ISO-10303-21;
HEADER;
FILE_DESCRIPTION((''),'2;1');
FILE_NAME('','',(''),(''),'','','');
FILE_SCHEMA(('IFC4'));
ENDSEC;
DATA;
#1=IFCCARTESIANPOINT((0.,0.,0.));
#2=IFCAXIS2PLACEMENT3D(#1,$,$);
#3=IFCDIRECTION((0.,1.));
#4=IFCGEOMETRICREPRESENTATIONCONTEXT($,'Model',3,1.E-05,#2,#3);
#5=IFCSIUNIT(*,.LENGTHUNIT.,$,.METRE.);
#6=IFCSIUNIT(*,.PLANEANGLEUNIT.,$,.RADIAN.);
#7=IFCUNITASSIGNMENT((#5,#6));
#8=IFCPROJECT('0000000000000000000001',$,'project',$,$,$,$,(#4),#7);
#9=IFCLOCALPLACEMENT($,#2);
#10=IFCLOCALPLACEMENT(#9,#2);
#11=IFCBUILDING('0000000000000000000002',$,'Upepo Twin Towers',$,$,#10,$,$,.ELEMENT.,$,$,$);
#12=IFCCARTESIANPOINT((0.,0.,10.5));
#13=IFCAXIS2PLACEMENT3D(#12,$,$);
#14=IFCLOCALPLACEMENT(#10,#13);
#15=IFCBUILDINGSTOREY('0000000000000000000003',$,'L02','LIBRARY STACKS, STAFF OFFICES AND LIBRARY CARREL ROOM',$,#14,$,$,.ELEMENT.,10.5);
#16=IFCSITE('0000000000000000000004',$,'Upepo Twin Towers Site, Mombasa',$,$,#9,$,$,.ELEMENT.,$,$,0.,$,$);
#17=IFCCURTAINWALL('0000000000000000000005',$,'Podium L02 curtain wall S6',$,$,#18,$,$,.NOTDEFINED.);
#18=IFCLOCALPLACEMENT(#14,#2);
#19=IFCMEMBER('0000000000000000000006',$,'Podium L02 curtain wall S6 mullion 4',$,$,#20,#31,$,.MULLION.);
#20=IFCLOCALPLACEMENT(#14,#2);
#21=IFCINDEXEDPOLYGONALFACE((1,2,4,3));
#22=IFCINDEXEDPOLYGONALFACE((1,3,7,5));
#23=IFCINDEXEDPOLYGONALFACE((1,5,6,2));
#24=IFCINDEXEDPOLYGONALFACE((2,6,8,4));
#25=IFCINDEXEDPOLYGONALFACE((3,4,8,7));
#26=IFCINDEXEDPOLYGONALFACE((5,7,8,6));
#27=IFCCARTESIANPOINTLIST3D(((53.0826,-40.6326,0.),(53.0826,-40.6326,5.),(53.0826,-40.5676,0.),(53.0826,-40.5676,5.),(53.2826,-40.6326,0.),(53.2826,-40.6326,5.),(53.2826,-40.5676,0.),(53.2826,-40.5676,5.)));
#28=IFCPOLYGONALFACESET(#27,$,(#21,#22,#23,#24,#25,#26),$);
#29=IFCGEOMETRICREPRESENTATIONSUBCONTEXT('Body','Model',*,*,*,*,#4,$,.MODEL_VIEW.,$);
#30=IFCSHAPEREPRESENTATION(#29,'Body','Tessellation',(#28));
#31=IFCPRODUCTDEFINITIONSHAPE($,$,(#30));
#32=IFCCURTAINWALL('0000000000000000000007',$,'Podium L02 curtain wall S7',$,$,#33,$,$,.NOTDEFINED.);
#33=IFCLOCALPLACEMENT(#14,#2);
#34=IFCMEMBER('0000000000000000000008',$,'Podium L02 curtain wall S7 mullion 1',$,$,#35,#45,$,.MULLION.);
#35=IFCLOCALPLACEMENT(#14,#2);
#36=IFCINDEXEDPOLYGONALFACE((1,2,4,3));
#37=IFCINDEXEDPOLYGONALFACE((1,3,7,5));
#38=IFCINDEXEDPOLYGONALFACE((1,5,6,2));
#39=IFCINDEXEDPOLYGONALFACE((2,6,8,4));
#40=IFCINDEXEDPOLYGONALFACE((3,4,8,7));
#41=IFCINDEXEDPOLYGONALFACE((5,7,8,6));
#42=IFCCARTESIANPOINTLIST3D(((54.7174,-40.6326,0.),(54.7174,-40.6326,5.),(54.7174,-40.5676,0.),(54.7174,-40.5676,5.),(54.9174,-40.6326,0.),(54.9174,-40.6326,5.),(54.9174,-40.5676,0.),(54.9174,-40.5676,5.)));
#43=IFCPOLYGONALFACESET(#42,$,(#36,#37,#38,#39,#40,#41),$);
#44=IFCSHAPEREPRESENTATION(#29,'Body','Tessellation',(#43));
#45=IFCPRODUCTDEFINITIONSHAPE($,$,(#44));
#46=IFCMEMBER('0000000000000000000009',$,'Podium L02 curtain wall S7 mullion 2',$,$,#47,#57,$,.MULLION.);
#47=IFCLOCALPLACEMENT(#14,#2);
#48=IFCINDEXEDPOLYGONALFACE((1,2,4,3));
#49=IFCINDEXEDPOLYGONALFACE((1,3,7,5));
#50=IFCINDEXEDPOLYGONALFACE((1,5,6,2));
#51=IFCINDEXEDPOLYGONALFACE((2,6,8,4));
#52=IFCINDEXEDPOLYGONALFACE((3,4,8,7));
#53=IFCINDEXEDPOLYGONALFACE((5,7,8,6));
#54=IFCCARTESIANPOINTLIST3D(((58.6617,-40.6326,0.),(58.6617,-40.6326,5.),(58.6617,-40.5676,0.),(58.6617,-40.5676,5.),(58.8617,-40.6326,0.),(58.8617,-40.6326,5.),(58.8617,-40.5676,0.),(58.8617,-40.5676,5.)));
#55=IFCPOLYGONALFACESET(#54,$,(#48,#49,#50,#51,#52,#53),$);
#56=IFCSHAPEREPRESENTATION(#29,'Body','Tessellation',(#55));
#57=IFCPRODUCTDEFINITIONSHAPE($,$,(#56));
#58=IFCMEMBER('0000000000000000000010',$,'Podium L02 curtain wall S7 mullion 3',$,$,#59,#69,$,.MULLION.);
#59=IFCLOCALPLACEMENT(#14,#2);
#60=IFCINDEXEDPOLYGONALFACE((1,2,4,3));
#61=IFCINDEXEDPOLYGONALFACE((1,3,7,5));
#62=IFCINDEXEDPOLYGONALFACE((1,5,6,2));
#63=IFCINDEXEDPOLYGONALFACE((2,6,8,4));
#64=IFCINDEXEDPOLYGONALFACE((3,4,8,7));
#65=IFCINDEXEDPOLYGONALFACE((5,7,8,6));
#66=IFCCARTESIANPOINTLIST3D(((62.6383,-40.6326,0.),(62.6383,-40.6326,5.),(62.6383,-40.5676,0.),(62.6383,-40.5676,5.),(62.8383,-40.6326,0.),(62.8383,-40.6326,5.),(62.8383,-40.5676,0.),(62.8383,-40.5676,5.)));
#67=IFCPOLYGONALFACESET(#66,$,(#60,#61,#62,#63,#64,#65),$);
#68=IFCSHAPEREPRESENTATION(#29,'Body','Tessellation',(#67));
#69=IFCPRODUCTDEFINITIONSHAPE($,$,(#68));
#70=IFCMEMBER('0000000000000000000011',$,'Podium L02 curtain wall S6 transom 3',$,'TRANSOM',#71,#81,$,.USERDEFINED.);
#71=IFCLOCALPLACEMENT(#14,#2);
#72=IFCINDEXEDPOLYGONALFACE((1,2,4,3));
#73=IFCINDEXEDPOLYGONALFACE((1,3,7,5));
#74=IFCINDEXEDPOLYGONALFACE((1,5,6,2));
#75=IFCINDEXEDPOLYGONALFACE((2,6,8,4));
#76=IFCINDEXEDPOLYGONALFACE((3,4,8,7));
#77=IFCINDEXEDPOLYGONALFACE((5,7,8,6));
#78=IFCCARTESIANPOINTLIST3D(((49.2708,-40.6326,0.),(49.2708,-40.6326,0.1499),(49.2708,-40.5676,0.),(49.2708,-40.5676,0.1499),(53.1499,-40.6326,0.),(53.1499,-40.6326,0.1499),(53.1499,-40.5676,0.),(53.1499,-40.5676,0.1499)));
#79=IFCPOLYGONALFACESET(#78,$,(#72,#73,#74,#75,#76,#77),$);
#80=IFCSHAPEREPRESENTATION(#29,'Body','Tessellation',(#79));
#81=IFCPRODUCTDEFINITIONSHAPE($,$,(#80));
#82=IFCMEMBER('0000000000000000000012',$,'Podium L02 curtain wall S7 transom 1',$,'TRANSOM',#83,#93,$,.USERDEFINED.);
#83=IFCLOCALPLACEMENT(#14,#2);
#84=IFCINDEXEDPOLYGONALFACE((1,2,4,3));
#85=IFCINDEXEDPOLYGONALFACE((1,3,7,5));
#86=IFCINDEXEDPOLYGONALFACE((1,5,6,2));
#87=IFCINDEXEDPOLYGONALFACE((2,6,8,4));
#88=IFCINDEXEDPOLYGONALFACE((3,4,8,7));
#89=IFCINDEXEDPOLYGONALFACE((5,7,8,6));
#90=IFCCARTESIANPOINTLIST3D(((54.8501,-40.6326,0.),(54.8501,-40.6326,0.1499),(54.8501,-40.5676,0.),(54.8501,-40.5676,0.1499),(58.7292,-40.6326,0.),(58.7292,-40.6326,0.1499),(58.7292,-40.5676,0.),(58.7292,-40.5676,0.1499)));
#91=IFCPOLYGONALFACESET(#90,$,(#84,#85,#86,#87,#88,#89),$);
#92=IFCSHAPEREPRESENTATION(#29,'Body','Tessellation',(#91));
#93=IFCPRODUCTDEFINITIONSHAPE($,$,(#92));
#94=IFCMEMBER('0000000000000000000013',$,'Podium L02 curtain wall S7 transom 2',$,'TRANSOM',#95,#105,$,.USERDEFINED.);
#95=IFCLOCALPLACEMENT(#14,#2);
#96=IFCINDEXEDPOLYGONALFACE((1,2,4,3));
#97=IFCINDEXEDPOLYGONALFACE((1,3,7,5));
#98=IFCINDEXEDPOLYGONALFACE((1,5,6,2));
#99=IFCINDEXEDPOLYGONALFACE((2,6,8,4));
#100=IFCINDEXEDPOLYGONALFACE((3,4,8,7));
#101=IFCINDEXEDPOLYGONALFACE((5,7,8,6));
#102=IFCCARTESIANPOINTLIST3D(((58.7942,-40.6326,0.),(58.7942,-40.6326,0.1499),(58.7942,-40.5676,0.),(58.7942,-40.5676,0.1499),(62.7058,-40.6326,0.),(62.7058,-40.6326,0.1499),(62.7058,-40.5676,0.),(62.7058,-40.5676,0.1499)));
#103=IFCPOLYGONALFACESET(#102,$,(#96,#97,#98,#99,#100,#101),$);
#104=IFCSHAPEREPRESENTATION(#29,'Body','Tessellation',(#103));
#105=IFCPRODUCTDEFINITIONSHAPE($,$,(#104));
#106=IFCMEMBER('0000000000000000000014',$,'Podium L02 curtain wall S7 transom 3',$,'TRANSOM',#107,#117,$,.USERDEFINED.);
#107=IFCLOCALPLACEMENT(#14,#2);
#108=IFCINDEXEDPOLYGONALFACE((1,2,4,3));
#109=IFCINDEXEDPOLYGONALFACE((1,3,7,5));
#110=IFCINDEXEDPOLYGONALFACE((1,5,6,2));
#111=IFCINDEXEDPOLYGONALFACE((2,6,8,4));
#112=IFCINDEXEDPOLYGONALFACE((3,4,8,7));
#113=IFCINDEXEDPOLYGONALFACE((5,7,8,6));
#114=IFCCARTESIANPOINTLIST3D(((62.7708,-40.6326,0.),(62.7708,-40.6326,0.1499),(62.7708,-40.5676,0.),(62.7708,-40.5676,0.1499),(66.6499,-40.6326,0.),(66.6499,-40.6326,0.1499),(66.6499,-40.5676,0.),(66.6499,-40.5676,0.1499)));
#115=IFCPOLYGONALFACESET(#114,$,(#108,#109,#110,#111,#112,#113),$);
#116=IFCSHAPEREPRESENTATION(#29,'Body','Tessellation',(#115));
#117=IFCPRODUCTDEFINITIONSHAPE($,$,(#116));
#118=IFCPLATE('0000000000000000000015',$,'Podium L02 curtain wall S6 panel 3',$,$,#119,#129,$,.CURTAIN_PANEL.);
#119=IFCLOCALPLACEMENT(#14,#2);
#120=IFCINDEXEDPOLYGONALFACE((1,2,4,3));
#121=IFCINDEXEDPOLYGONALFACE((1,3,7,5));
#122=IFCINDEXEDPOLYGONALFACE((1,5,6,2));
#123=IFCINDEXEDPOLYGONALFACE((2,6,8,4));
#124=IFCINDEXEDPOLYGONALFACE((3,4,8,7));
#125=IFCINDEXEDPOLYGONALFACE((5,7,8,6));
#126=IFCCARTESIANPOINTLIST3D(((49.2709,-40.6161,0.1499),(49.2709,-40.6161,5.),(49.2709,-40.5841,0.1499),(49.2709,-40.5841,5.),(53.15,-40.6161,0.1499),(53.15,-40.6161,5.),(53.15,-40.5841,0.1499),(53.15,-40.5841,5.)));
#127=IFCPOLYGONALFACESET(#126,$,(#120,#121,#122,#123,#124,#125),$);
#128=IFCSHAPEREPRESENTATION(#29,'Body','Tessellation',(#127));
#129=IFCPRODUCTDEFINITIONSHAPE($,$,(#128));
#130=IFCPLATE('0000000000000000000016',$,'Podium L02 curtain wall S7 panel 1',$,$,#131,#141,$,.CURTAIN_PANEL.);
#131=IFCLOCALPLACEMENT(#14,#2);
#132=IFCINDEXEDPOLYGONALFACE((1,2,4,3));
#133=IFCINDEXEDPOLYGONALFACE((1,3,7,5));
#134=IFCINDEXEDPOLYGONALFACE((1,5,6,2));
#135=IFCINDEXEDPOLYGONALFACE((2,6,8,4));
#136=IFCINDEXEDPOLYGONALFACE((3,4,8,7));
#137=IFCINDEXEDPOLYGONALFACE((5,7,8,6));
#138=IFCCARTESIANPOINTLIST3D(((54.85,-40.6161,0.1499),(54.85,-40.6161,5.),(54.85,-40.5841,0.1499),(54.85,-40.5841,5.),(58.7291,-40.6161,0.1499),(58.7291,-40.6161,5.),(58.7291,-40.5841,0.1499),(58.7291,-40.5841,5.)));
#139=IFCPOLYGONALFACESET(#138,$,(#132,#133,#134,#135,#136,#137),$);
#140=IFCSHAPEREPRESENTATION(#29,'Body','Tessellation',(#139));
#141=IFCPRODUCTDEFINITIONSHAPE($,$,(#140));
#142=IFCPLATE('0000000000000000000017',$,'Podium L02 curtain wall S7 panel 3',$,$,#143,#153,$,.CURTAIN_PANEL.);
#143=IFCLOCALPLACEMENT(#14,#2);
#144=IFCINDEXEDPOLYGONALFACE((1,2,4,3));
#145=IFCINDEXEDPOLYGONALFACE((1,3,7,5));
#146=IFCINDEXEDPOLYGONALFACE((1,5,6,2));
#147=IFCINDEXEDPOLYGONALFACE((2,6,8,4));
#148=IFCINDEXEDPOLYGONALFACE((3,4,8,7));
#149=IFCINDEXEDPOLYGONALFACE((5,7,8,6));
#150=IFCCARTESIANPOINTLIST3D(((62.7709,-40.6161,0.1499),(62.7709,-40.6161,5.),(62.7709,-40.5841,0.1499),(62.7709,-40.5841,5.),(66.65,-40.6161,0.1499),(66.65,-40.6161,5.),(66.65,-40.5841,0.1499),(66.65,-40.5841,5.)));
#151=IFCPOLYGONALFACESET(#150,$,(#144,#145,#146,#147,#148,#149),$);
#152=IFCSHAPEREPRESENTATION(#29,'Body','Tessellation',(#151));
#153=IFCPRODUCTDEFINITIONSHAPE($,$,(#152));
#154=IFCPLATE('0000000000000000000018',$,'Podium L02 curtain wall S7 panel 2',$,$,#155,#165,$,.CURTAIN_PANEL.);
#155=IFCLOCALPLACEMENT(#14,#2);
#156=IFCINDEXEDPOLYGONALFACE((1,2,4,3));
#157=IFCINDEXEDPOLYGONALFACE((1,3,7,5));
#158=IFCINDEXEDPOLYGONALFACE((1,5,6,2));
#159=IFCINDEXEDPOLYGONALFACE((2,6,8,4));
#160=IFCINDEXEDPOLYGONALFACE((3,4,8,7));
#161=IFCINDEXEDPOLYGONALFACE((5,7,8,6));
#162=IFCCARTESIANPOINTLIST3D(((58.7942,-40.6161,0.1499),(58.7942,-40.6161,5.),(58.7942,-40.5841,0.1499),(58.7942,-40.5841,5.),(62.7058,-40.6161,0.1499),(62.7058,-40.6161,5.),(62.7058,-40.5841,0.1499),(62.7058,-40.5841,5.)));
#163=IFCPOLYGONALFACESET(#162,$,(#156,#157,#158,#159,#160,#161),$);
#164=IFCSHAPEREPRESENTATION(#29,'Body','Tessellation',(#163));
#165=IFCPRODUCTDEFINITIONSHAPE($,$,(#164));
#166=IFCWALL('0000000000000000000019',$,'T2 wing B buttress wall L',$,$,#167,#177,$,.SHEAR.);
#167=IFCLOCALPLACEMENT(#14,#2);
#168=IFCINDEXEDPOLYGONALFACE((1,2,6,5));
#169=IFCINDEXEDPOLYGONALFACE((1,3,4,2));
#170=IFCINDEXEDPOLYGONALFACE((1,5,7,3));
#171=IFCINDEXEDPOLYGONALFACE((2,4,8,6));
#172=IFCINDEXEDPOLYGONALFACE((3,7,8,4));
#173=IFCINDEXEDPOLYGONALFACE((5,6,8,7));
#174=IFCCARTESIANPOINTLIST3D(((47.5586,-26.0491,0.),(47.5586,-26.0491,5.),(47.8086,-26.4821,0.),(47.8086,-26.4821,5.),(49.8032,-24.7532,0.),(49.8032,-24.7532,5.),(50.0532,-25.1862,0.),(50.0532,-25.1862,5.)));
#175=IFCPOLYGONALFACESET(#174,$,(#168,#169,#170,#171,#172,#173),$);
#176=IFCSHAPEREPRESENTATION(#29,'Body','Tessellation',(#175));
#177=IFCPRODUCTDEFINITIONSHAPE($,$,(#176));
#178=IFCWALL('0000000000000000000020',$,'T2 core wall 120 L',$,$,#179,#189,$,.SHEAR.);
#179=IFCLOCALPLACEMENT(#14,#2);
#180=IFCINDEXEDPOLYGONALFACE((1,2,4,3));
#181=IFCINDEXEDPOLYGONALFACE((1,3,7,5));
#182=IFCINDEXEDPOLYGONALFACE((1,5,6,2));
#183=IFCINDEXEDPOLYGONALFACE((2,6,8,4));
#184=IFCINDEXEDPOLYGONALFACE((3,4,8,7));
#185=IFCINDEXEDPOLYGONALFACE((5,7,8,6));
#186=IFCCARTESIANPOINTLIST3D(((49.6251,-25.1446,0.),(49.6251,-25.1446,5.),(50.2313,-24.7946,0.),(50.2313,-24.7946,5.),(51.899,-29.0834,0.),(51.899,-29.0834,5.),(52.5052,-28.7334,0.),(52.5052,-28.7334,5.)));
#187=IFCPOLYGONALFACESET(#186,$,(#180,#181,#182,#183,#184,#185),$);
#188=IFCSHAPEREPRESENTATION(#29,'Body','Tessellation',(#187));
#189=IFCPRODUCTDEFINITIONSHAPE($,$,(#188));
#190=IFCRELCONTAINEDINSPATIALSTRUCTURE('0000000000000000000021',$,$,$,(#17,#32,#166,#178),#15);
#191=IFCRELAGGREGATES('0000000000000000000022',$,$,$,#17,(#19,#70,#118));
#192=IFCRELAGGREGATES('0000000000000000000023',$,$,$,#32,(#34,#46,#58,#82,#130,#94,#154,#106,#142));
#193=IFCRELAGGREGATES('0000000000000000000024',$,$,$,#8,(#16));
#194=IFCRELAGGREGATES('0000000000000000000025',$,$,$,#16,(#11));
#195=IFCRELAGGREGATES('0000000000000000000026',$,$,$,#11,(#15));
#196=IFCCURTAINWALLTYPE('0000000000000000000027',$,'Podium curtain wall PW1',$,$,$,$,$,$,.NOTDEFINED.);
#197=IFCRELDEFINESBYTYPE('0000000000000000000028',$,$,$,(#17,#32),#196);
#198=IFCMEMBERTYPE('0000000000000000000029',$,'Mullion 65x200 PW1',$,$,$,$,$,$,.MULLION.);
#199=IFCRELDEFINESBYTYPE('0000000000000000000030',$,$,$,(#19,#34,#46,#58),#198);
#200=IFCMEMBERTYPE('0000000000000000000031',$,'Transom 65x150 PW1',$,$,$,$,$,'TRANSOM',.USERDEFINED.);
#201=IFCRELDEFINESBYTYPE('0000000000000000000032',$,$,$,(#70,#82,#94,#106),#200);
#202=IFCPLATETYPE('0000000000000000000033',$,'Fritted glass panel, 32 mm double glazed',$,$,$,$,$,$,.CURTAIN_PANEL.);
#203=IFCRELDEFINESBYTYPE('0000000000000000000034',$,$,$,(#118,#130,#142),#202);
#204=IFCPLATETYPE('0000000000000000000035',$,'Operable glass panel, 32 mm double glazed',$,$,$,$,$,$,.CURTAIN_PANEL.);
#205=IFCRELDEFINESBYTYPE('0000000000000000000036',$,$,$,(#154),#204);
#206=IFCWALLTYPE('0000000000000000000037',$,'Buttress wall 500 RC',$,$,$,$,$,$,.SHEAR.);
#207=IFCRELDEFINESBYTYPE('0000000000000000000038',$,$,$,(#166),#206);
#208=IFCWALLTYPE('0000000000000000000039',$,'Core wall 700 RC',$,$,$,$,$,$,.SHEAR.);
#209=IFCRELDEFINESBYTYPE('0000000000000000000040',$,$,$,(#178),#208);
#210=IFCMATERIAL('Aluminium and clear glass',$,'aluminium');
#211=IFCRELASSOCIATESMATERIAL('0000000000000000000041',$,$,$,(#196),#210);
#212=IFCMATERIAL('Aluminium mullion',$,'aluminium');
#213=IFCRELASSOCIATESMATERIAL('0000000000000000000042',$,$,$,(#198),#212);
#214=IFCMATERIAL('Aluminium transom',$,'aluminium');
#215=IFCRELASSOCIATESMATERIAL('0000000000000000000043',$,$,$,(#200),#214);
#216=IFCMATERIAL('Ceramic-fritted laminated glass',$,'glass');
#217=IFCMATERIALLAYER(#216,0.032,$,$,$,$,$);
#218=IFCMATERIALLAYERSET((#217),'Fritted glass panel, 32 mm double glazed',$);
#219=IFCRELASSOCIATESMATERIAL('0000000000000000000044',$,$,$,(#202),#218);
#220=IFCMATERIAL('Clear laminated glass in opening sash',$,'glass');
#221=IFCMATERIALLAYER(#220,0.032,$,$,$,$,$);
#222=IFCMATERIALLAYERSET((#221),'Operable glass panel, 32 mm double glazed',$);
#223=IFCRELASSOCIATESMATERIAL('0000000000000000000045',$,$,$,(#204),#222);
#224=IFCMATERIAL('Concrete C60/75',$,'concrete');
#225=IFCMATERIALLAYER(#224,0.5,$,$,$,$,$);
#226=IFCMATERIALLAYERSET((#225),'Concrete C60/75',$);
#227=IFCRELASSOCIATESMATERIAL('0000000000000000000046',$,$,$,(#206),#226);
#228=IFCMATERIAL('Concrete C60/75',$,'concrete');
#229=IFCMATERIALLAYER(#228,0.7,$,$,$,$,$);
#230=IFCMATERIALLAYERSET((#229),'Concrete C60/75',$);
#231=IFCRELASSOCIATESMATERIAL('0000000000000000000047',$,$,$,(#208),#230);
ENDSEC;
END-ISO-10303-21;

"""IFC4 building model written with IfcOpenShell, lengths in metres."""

from ifc_helpers import new_model, si_unit, direction, frame, frame_2d, origin, origin_2d, place, context, subcontext, project, spatial, rectangle, extrude, material, layer, layer_set, material_profile, profile_set, type_object, element, aggregate, save


model = new_model("IFC4")

# Units and contexts
model_context = context("Model", 3, precision=1e-05, world=origin(), true_north=direction((0.0, 1.0)))
body_context = subcontext(model_context, "Body", "Model", "MODEL_VIEW")
ifc_project = project(units=[si_unit("LENGTHUNIT", "METRE"), si_unit("PLANEANGLEUNIT", "RADIAN")], contexts=[model_context])

# Site, building, storey
site_placement = place(None, origin())
site = spatial("IfcSite", under=ifc_project, at=site_placement, Name="Upepo Twin Towers Site, Mombasa", CompositionType="ELEMENT", RefElevation=0.0)
building_placement = place(site_placement, origin())
building = spatial("IfcBuilding", under=site, at=building_placement, Name="Upepo Twin Towers", CompositionType="ELEMENT")
storey_placement = place(building_placement, frame((0.0, 0.0, 10.5)))
storey = spatial("IfcBuildingStorey", under=building, at=storey_placement, Name="L02", Description="LIBRARY STACKS, STAFF OFFICES AND LIBRARY CARREL ROOM", CompositionType="ELEMENT", Elevation=10.5)

# Curtain wall, member
ifc_material_1 = material(Name="Aluminium and clear glass", Category="aluminium")
curtain_wall_type = type_object("IfcCurtainWallType", Name="Podium curtain wall PW1", PredefinedType="NOTDEFINED", material=ifc_material_1)
curtain_wall_1_placement = place(storey_placement, origin())
curtain_wall_1 = element("IfcCurtainWall", 1, at=curtain_wall_1_placement, inside=storey, type_object=curtain_wall_type, Name="Podium L02 curtain wall S6", PredefinedType="NOTDEFINED")
ifc_material_2 = material(Name="Aluminium mullion", Category="aluminium")
ifc_material_profile_1 = material_profile(ifc_material_2, rectangle(XDim=0.0649, YDim=0.2, at=origin_2d()), Name="MULLION 65x200 PODIUM")
ifc_profile_set_1 = profile_set([ifc_material_profile_1], Name="Aluminium mullion")
member_type_1 = type_object("IfcMemberType", Name="Mullion 65x200 PW1", PredefinedType="MULLION", material=ifc_profile_set_1)
member_1_placement = place(storey_placement, frame((53.1826, -40.6001, 0.0), z_axis=(0.0, 0.0, 1.0), x_axis=(0.0, 1.0, 0.0)))
member_1 = element("IfcMember", 2, at=member_1_placement, type_object=member_type_1, Name="Podium L02 curtain wall S6 mullion 4", PredefinedType="MULLION", context=body_context, shape_type="SweptSolid", body=[
    extrude(rectangle(XDim=0.0649, YDim=0.2, at=origin_2d()), origin(), (0.0, 0.0, 1.0), 5.0),
])

# Curtain wall, members
curtain_wall_2_placement = place(storey_placement, origin())
curtain_wall_2 = element("IfcCurtainWall", 3, at=curtain_wall_2_placement, inside=storey, type_object=curtain_wall_type, Name="Podium L02 curtain wall S7", PredefinedType="NOTDEFINED")
member_2_placement = place(storey_placement, frame((54.8174, -40.6001, 0.0), z_axis=(0.0, 0.0, 1.0), x_axis=(0.0, 1.0, 0.0)))
member_2 = element("IfcMember", 4, at=member_2_placement, type_object=member_type_1, Name="Podium L02 curtain wall S7 mullion 1", PredefinedType="MULLION", context=body_context, shape_type="SweptSolid", body=[
    extrude(rectangle(XDim=0.0649, YDim=0.2, at=origin_2d()), origin(), (0.0, 0.0, 1.0), 5.0),
])
member_3_placement = place(storey_placement, frame((58.7617, -40.6001, 0.0), z_axis=(0.0, 0.0, 1.0), x_axis=(0.0, 1.0, 0.0)))
member_3 = element("IfcMember", 5, at=member_3_placement, type_object=member_type_1, Name="Podium L02 curtain wall S7 mullion 2", PredefinedType="MULLION", context=body_context, shape_type="SweptSolid", body=[
    extrude(rectangle(XDim=0.0649, YDim=0.2, at=origin_2d()), origin(), (0.0, 0.0, 1.0), 5.0),
])
member_4_placement = place(storey_placement, frame((62.7383, -40.6001, 0.0), z_axis=(0.0, 0.0, 1.0), x_axis=(0.0, 1.0, 0.0)))
member_4 = element("IfcMember", 6, at=member_4_placement, type_object=member_type_1, Name="Podium L02 curtain wall S7 mullion 3", PredefinedType="MULLION", context=body_context, shape_type="SweptSolid", body=[
    extrude(rectangle(XDim=0.0649, YDim=0.2, at=origin_2d()), origin(), (0.0, 0.0, 1.0), 5.0),
])

# Members
ifc_material_3 = material(Name="Aluminium transom", Category="aluminium")
ifc_material_profile_2 = material_profile(ifc_material_3, rectangle(XDim=0.0649, YDim=0.1499, at=origin_2d()), Name="TRANSOM 65x150 PODIUM")
ifc_profile_set_2 = profile_set([ifc_material_profile_2], Name="Aluminium transom")
member_type_2 = type_object("IfcMemberType", Name="Transom 65x150 PW1", ElementType="TRANSOM", PredefinedType="USERDEFINED", material=ifc_profile_set_2)
member_5_placement = place(storey_placement, frame((49.2708, -40.6001, 0.075), z_axis=(1.0, 0.0, 0.0), x_axis=(0.0, 1.0, 0.0)))
member_5 = element("IfcMember", 7, at=member_5_placement, type_object=member_type_2, Name="Podium L02 curtain wall S6 transom 3", ObjectType="TRANSOM", PredefinedType="USERDEFINED", context=body_context, shape_type="SweptSolid", body=[
    extrude(rectangle(XDim=0.0649, YDim=0.1499, at=origin_2d()), origin(), (0.0, 0.0, 1.0), 3.8792),
])
member_6_placement = place(storey_placement, frame((54.8501, -40.6001, 0.075), z_axis=(1.0, 0.0, 0.0), x_axis=(0.0, 1.0, 0.0)))
member_6 = element("IfcMember", 8, at=member_6_placement, type_object=member_type_2, Name="Podium L02 curtain wall S7 transom 1", ObjectType="TRANSOM", PredefinedType="USERDEFINED", context=body_context, shape_type="SweptSolid", body=[
    extrude(rectangle(XDim=0.0649, YDim=0.1499, at=origin_2d()), origin(), (0.0, 0.0, 1.0), 3.8792),
])
member_7_placement = place(storey_placement, frame((58.7942, -40.6001, 0.075), z_axis=(1.0, 0.0, 0.0), x_axis=(0.0, 1.0, 0.0)))
member_7 = element("IfcMember", 9, at=member_7_placement, type_object=member_type_2, Name="Podium L02 curtain wall S7 transom 2", ObjectType="TRANSOM", PredefinedType="USERDEFINED", context=body_context, shape_type="SweptSolid", body=[
    extrude(rectangle(XDim=0.0649, YDim=0.1499, at=origin_2d()), origin(), (0.0, 0.0, 1.0), 3.9116),
])
member_8_placement = place(storey_placement, frame((62.7708, -40.6001, 0.075), z_axis=(1.0, 0.0, 0.0), x_axis=(0.0, 1.0, 0.0)))
member_8 = element("IfcMember", 10, at=member_8_placement, type_object=member_type_2, Name="Podium L02 curtain wall S7 transom 3", ObjectType="TRANSOM", PredefinedType="USERDEFINED", context=body_context, shape_type="SweptSolid", body=[
    extrude(rectangle(XDim=0.0649, YDim=0.1499, at=origin_2d()), origin(), (0.0, 0.0, 1.0), 3.8792),
])

# Plates
ifc_material_4 = material(Name="Ceramic-fritted laminated glass", Category="glass")
ifc_layer_1 = layer(ifc_material_4, 0.032)
ifc_layer_set_1 = layer_set([ifc_layer_1], Name="Fritted glass panel, 32 mm double glazed")
plate_type_1 = type_object("IfcPlateType", Name="Fritted glass panel, 32 mm double glazed", PredefinedType="CURTAIN_PANEL", material=ifc_layer_set_1)
plate_1_placement = place(storey_placement, frame((51.2104, -40.6001, 0.1499), z_axis=(0.0, 0.0, 1.0), x_axis=(1.0, 0.0, 0.0)))
plate_1 = element("IfcPlate", 11, at=plate_1_placement, type_object=plate_type_1, Name="Podium L02 curtain wall S6 panel 3", PredefinedType="CURTAIN_PANEL", context=body_context, shape_type="SweptSolid", body=[
    extrude(rectangle(XDim=3.8792, YDim=0.032, at=origin_2d()), origin(), (0.0, 0.0, 1.0), 4.8501),
])
aggregate(curtain_wall_1, [member_1, member_5, plate_1])
plate_2_placement = place(storey_placement, frame((56.7896, -40.6001, 0.1499), z_axis=(0.0, 0.0, 1.0), x_axis=(1.0, 0.0, 0.0)))
plate_2 = element("IfcPlate", 12, at=plate_2_placement, type_object=plate_type_1, Name="Podium L02 curtain wall S7 panel 1", PredefinedType="CURTAIN_PANEL", context=body_context, shape_type="SweptSolid", body=[
    extrude(rectangle(XDim=3.8792, YDim=0.032, at=origin_2d()), origin(), (0.0, 0.0, 1.0), 4.8501),
])
plate_3_placement = place(storey_placement, frame((64.7104, -40.6001, 0.1499), z_axis=(0.0, 0.0, 1.0), x_axis=(1.0, 0.0, 0.0)))
plate_3 = element("IfcPlate", 13, at=plate_3_placement, type_object=plate_type_1, Name="Podium L02 curtain wall S7 panel 3", PredefinedType="CURTAIN_PANEL", context=body_context, shape_type="SweptSolid", body=[
    extrude(rectangle(XDim=3.8792, YDim=0.032, at=origin_2d()), origin(), (0.0, 0.0, 1.0), 4.8501),
])
ifc_material_5 = material(Name="Clear laminated glass in opening sash", Category="glass")
ifc_layer_2 = layer(ifc_material_5, 0.032)
ifc_layer_set_2 = layer_set([ifc_layer_2], Name="Operable glass panel, 32 mm double glazed")
plate_type_2 = type_object("IfcPlateType", Name="Operable glass panel, 32 mm double glazed", PredefinedType="CURTAIN_PANEL", material=ifc_layer_set_2)
plate_4_placement = place(storey_placement, frame((60.75, -40.6001, 0.1499), z_axis=(0.0, 0.0, 1.0), x_axis=(1.0, 0.0, 0.0)))
plate_4 = element("IfcPlate", 14, at=plate_4_placement, type_object=plate_type_2, Name="Podium L02 curtain wall S7 panel 2", PredefinedType="CURTAIN_PANEL", context=body_context, shape_type="SweptSolid", body=[
    extrude(rectangle(XDim=3.9116, YDim=0.032, at=origin_2d()), origin(), (0.0, 0.0, 1.0), 4.8501),
])
aggregate(curtain_wall_2, [member_2, member_3, member_4, member_6, plate_2, member_7, plate_4, member_8, plate_3])

# Walls
ifc_material_6 = material(Name="Concrete C60/75", Category="concrete")
ifc_layer_3 = layer(ifc_material_6, 0.5)
ifc_layer_set_3 = layer_set([ifc_layer_3], Name="Concrete C60/75")
wall_type_1 = type_object("IfcWallType", Name="Buttress wall 500 RC", PredefinedType="SHEAR", material=ifc_layer_set_3)
wall_1_placement = place(storey_placement, frame((49.9282, -24.9697, 0.0), z_axis=(0.0, 0.0, 1.0), x_axis=(-0.866032, -0.499989, 0.0)))
element("IfcWall", 15, at=wall_1_placement, inside=storey, type_object=wall_type_1, Name="T2 wing B buttress wall L", PredefinedType="SHEAR", context=body_context, shape_type="SweptSolid", body=[
    extrude(rectangle(XDim=2.5918, YDim=0.5, at=frame_2d((1.2959, 0.0))), origin(), (0.0, 0.0, 1.0), 5.0),
])
ifc_material_7 = material(Name="Concrete C60/75", Category="concrete")
ifc_layer_4 = layer(ifc_material_7, 0.7)
ifc_layer_set_4 = layer_set([ifc_layer_4], Name="Concrete C60/75")
wall_type_2 = type_object("IfcWallType", Name="Core wall 700 RC", PredefinedType="SHEAR", material=ifc_layer_set_4)
wall_2_placement = place(storey_placement, frame((49.9282, -24.9697, 0.0), z_axis=(0.0, 0.0, 1.0), x_axis=(0.499984, -0.866035, 0.0)))
element("IfcWall", 16, at=wall_2_placement, inside=storey, type_object=wall_type_2, Name="T2 core wall 120 L", PredefinedType="SHEAR", context=body_context, shape_type="SweptSolid", body=[
    extrude(rectangle(XDim=4.5481, YDim=0.7, at=frame_2d((2.2739, 0.0))), origin(), (0.0, 0.0, 1.0), 5.0),
])

save(model, "model.ifc")
